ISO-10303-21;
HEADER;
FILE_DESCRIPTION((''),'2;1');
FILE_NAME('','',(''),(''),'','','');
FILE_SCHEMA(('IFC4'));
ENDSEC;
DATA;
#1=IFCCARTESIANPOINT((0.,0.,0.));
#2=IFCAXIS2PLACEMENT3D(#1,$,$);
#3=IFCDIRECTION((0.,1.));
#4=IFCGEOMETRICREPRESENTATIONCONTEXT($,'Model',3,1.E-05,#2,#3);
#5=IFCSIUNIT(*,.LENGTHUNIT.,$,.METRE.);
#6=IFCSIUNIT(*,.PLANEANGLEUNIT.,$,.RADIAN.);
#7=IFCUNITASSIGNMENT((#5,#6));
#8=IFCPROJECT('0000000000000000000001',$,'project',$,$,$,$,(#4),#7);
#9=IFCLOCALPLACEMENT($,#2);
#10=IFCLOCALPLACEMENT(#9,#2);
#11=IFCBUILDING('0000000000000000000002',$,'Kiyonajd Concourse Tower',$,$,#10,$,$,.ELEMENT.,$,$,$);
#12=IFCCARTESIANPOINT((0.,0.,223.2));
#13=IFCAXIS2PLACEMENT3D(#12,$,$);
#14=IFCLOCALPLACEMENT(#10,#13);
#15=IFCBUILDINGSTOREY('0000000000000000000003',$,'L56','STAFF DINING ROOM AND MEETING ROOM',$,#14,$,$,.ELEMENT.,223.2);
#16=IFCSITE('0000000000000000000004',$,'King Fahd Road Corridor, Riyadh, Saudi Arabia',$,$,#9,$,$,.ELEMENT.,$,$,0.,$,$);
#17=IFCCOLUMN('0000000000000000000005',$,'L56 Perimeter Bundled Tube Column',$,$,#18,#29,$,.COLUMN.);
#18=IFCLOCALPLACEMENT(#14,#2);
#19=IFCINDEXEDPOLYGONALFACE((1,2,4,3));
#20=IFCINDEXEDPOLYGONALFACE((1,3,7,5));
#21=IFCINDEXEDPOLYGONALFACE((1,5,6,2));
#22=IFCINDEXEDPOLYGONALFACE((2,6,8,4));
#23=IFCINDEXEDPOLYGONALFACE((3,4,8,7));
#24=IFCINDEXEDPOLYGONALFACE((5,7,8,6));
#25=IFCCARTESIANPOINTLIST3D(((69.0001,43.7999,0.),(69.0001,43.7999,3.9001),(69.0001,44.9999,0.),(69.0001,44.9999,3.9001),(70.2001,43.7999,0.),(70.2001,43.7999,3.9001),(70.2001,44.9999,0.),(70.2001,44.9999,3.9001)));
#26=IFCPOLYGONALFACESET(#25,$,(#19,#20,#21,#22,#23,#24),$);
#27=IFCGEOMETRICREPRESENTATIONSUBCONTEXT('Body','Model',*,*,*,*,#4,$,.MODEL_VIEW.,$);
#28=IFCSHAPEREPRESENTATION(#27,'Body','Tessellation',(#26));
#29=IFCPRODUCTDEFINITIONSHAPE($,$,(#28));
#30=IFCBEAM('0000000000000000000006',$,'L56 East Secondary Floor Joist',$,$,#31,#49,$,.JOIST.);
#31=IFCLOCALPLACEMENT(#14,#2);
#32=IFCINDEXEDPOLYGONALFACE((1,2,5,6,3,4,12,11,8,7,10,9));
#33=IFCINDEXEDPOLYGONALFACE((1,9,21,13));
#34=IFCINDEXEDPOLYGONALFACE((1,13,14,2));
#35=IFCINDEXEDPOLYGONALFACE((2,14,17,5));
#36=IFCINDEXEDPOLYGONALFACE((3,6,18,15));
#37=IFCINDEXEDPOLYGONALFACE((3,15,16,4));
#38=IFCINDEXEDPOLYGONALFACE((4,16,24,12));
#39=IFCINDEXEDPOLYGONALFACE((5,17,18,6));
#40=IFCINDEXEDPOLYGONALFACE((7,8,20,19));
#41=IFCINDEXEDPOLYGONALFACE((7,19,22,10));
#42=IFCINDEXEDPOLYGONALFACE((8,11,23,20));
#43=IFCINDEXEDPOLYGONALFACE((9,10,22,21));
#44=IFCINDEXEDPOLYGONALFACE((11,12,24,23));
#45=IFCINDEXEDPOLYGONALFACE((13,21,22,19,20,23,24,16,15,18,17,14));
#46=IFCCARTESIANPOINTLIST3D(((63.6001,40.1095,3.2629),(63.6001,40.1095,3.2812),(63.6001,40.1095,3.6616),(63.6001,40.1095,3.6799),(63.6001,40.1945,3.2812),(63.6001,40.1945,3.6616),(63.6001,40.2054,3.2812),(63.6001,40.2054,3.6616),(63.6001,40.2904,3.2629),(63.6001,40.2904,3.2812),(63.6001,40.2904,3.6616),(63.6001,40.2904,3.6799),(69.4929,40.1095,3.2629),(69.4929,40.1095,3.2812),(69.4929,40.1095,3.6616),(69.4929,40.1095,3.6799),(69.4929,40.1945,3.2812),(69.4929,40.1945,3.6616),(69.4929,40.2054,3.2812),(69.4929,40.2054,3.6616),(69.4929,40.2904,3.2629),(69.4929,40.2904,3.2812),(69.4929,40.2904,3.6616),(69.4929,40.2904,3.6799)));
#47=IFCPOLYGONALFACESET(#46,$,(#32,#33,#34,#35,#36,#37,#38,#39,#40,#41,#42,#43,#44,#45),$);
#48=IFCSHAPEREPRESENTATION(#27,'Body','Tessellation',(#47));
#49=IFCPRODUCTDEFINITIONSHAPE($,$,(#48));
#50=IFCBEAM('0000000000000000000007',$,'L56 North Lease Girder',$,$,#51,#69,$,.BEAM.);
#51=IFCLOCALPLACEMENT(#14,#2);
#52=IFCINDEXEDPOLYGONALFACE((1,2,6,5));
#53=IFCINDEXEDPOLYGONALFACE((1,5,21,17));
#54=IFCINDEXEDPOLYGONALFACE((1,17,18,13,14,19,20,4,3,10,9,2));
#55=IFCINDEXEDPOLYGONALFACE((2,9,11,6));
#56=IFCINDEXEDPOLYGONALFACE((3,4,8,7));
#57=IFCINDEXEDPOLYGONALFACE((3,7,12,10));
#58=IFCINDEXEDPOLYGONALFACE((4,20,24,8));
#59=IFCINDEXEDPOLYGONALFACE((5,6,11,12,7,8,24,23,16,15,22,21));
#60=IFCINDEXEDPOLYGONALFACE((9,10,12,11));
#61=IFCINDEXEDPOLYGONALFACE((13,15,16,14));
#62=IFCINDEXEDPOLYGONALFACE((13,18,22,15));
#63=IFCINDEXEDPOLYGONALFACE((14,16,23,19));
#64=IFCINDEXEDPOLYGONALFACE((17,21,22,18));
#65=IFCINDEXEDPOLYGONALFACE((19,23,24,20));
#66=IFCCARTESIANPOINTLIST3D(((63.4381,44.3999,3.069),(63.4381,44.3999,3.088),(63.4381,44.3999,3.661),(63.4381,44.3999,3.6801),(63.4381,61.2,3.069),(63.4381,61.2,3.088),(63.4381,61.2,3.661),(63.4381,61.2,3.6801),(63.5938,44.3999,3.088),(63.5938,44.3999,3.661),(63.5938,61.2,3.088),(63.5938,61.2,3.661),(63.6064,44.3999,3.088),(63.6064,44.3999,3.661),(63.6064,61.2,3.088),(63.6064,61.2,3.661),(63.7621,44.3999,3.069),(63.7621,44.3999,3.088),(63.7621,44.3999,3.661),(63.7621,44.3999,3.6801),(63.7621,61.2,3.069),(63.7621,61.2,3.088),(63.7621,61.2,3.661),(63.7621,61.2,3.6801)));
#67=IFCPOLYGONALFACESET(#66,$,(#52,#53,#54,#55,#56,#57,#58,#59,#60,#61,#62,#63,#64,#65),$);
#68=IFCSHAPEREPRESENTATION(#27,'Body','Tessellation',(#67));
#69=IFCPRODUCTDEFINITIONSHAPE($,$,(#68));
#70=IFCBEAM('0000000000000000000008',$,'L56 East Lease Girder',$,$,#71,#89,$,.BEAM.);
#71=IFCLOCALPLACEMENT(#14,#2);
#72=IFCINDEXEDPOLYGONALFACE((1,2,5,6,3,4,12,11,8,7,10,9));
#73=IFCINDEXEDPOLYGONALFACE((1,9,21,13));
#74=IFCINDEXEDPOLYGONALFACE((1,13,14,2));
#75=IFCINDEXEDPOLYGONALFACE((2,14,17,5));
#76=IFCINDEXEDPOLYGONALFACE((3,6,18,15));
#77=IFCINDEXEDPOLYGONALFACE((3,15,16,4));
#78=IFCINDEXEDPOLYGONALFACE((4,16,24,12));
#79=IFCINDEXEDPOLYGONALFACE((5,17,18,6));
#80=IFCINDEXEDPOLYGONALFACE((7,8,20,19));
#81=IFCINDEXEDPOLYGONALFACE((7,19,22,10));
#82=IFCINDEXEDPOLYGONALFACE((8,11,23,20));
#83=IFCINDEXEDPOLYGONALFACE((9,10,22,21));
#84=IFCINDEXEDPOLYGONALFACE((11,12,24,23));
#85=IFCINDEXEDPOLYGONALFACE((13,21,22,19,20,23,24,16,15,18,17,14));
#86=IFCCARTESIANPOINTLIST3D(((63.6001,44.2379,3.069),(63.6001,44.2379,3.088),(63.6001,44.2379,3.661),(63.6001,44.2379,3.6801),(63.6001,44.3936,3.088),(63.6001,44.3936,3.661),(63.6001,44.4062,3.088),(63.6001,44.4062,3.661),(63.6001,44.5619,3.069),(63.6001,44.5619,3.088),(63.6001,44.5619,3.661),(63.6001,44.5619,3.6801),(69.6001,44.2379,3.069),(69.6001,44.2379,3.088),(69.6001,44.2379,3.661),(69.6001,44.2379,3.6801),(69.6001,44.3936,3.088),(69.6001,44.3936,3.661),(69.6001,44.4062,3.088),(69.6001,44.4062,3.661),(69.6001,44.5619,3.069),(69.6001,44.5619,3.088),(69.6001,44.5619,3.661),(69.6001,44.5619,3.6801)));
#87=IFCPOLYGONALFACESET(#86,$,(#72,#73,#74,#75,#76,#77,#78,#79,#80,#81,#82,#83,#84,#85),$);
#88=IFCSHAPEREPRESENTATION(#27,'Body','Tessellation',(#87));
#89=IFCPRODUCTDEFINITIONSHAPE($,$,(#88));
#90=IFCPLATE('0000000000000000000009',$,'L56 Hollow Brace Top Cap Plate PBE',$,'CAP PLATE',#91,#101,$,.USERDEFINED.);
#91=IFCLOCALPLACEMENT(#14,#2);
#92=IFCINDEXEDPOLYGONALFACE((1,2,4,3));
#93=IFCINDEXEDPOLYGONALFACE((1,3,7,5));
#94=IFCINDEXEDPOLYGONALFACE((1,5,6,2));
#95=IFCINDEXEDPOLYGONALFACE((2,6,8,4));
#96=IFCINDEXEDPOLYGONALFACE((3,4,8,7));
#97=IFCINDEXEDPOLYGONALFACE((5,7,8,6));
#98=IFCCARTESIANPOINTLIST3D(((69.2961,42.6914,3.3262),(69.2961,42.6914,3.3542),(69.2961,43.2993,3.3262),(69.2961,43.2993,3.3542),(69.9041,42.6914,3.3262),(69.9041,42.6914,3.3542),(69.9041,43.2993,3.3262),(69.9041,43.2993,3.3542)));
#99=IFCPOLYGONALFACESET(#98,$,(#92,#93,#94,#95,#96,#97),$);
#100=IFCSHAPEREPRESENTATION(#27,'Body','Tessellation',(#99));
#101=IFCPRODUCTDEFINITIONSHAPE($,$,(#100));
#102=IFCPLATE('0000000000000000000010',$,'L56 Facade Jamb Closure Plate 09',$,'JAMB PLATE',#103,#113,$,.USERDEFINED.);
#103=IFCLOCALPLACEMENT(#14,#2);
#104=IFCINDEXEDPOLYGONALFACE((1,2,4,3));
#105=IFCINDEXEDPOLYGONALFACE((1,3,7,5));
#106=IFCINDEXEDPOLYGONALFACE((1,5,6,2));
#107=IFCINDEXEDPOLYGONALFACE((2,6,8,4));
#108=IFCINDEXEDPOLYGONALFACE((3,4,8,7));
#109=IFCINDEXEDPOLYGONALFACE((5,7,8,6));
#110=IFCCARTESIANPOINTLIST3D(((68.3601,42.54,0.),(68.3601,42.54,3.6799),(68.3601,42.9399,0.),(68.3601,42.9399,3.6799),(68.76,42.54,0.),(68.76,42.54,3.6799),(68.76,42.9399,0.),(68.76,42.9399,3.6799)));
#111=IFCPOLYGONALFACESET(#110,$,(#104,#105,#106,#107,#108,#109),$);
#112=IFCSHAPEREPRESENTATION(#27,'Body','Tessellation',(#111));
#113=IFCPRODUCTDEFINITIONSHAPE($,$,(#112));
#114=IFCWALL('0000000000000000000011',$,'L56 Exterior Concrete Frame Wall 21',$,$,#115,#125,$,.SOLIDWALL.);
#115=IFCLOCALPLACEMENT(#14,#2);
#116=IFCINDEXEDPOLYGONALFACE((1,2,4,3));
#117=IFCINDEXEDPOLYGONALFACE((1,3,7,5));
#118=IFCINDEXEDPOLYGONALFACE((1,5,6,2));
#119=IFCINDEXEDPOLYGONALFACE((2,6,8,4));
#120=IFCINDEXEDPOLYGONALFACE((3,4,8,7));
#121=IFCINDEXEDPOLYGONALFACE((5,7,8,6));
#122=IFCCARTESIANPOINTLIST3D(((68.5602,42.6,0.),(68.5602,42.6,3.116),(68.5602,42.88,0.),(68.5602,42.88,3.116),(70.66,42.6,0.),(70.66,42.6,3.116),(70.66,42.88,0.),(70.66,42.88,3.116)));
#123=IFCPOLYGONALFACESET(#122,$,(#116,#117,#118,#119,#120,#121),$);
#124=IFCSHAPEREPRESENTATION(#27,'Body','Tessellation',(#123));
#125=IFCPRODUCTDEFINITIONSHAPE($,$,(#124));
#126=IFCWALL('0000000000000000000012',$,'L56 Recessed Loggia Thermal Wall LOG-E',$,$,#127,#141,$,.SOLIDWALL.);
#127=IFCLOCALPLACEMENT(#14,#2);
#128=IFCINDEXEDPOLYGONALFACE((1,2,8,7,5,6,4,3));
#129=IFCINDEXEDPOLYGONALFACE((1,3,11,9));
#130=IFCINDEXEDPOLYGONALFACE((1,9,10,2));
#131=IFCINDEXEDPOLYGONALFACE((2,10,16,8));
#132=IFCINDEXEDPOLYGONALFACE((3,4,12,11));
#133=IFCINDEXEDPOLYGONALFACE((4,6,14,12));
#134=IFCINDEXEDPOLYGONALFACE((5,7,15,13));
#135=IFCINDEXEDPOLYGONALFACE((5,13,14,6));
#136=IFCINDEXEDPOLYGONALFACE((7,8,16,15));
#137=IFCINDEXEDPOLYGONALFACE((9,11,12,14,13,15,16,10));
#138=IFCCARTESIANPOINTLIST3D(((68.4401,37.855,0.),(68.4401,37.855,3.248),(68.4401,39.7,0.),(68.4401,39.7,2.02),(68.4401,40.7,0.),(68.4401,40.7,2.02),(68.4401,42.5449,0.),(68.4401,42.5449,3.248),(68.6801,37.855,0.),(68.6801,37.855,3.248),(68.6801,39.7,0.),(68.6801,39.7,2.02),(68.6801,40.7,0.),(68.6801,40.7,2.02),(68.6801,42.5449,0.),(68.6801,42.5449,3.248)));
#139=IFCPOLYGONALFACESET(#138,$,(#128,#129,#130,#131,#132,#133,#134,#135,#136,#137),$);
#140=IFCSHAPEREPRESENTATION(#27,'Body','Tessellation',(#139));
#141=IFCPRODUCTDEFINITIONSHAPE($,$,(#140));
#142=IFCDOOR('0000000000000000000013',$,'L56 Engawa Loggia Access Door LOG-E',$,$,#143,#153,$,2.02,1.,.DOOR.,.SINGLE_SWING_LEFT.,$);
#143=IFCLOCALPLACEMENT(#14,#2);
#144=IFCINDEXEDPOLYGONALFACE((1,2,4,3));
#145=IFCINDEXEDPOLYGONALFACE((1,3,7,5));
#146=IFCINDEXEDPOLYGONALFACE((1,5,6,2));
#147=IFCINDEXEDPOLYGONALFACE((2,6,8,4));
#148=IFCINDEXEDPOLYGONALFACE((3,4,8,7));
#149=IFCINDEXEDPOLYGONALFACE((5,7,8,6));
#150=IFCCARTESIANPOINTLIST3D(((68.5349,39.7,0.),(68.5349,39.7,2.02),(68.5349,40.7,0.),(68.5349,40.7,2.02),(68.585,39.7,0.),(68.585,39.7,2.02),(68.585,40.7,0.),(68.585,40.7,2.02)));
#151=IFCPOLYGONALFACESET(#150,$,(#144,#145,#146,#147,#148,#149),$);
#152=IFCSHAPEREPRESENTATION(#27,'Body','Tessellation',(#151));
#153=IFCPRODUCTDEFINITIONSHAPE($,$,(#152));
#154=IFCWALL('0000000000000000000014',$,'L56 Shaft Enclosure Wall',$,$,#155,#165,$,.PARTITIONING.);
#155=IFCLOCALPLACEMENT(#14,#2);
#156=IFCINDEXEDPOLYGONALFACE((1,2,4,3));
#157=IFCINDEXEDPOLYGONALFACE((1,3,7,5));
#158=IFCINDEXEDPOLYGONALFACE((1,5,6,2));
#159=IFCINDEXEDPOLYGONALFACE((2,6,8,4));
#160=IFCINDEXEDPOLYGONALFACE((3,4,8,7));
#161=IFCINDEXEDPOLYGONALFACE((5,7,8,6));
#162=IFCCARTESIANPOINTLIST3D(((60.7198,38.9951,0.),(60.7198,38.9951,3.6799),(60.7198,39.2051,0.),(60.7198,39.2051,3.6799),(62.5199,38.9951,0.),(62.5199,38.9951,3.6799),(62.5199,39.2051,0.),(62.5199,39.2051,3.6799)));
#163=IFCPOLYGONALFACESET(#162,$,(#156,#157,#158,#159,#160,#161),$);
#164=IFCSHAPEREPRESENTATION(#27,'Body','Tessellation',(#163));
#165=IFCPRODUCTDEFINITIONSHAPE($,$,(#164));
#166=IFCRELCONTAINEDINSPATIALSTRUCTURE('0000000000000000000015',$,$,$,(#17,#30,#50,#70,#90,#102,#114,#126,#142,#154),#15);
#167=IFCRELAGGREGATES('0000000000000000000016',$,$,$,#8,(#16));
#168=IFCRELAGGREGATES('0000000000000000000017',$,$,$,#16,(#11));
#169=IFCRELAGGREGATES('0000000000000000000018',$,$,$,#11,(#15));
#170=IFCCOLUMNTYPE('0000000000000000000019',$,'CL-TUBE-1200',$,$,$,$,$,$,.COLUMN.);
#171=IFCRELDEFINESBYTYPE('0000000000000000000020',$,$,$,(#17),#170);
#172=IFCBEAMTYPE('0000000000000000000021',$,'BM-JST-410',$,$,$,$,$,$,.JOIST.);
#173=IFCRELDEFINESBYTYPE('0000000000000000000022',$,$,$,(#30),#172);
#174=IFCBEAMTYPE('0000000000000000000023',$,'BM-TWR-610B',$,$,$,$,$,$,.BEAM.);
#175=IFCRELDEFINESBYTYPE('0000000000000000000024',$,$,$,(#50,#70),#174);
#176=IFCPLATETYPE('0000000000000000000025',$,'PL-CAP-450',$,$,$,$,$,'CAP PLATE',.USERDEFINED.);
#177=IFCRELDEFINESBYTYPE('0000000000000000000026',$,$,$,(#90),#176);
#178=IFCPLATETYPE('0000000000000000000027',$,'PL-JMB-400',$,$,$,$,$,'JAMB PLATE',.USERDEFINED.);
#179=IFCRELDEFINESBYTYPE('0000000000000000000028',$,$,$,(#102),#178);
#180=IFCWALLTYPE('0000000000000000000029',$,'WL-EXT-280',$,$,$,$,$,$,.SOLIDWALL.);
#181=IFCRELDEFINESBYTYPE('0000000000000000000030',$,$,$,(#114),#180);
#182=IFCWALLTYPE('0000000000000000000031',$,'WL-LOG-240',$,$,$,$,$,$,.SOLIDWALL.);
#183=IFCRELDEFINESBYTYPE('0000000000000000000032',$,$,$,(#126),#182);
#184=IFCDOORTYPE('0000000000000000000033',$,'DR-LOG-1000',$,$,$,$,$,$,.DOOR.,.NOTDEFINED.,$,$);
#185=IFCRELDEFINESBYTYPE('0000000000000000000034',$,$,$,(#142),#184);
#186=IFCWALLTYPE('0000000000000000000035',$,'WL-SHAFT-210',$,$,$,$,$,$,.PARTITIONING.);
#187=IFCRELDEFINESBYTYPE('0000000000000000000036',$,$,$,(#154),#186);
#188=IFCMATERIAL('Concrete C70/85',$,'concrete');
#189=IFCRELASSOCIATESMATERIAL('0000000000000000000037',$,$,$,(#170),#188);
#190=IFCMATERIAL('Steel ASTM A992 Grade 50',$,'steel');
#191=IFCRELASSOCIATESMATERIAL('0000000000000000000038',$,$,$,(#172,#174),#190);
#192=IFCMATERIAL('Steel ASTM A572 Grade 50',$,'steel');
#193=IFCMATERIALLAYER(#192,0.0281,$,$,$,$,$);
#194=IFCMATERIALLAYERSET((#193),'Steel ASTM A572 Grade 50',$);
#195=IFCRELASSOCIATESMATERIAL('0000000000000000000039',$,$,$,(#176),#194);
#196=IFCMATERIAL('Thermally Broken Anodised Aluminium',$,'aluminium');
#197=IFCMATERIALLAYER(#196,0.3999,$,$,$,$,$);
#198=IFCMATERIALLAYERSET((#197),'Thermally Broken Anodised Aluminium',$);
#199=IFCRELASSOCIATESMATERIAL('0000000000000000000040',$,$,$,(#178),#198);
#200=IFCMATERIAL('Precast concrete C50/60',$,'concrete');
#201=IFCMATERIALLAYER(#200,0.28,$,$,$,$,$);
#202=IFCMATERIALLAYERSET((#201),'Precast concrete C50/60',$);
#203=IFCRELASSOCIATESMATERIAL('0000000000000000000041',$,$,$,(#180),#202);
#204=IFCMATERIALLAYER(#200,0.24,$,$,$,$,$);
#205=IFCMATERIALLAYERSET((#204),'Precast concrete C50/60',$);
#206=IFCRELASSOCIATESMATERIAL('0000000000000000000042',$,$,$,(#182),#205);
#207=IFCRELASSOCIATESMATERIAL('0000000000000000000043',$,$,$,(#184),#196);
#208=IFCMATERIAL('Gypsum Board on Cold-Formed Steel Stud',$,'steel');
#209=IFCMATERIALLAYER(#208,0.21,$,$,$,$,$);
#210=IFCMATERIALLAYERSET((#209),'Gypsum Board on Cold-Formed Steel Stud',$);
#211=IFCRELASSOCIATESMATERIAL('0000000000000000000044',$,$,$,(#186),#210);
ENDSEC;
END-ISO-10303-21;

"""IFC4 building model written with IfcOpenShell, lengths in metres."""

from ifc_helpers import new_model, si_unit, direction, frame, frame_2d, origin, origin_2d, place, context, subcontext, project, spatial, rectangle, i_section, extrude, material, layer, layer_set, material_profile, profile_set, type_object, element, fill, save


model = new_model("IFC4")

# Units and contexts
model_context = context("Model", 3, precision=1e-05, world=origin(), true_north=direction((0.0, 1.0)))
body_context = subcontext(model_context, "Body", "Model", "MODEL_VIEW")
ifc_project = project(units=[si_unit("LENGTHUNIT", "METRE"), si_unit("PLANEANGLEUNIT", "RADIAN")], contexts=[model_context])

# Site, building, storey
site_placement = place(None, origin())
site = spatial("IfcSite", under=ifc_project, at=site_placement, Name="King Fahd Road Corridor, Riyadh, Saudi Arabia", CompositionType="ELEMENT", RefElevation=0.0)
building_placement = place(site_placement, origin())
building = spatial("IfcBuilding", under=site, at=building_placement, Name="Kiyonajd Concourse Tower", CompositionType="ELEMENT")
storey_placement = place(building_placement, frame((0.0, 0.0, 223.2)))
storey = spatial("IfcBuildingStorey", under=building, at=storey_placement, Name="L56", Description="STAFF DINING ROOM AND MEETING ROOM", CompositionType="ELEMENT", Elevation=223.2)

# Column
ifc_material_1 = material(Name="Concrete C70/85", Category="concrete")
ifc_material_profile_1 = material_profile(ifc_material_1, rectangle(XDim=1.2, YDim=1.2, at=origin_2d()), Name="RC-1200x1200")
ifc_profile_set_1 = profile_set([ifc_material_profile_1], Name="Concrete C70/85")
column_type = type_object("IfcColumnType", Name="CL-TUBE-1200", PredefinedType="COLUMN", material=ifc_profile_set_1)
column_placement = place(storey_placement, frame((69.6001, 44.3999, 0.0), z_axis=(0.0, 0.0, 1.0), x_axis=(1.0, 0.0, 0.0)))
element("IfcColumn", 1, at=column_placement, inside=storey, type_object=column_type, Name="L56 Perimeter Bundled Tube Column", PredefinedType="COLUMN", context=body_context, shape_type="SweptSolid", body=[
    extrude(rectangle(XDim=1.2, YDim=1.2, at=origin_2d()), origin(), (0.0, 0.0, 1.0), 3.9001),
])

# Beams
ifc_material_2 = material(Name="Steel ASTM A992 Grade 50", Category="steel")
ifc_material_profile_2 = material_profile(ifc_material_2, i_section(OverallWidth=0.1809, OverallDepth=0.417, WebThickness=0.011, FlangeThickness=0.0183, at=origin_2d()), Name="W410X85")
ifc_profile_set_2 = profile_set([ifc_material_profile_2], Name="Steel ASTM A992 Grade 50")
beam_type_1 = type_object("IfcBeamType", Name="BM-JST-410", PredefinedType="JOIST", material=ifc_profile_set_2)
beam_1_placement = place(storey_placement, frame((63.6001, 40.2, 3.4714), z_axis=(1.0, 0.0, 0.0), x_axis=(0.0, 1.0, 0.0)))
element("IfcBeam", 2, at=beam_1_placement, inside=storey, type_object=beam_type_1, Name="L56 East Secondary Floor Joist", PredefinedType="JOIST", context=body_context, shape_type="SweptSolid", body=[
    extrude(i_section(OverallWidth=0.1809, OverallDepth=0.417, WebThickness=0.011, FlangeThickness=0.0183, at=origin_2d()), origin(), (0.0, 0.0, 1.0), 5.8928),
])
ifc_material_profile_3 = material_profile(ifc_material_2, i_section(OverallWidth=0.324, OverallDepth=0.6111, WebThickness=0.0127, FlangeThickness=0.019, at=origin_2d()), Name="W610X155")
ifc_profile_set_3 = profile_set([ifc_material_profile_3], Name="Steel ASTM A992 Grade 50")
beam_type_2 = type_object("IfcBeamType", Name="BM-TWR-610B", PredefinedType="BEAM", material=ifc_profile_set_3)
beam_2_placement = place(storey_placement, frame((63.6001, 44.3999, 3.3745), z_axis=(0.0, 1.0, 0.0), x_axis=(-1.0, 0.0, 0.0)))
element("IfcBeam", 3, at=beam_2_placement, inside=storey, type_object=beam_type_2, Name="L56 North Lease Girder", PredefinedType="BEAM", context=body_context, shape_type="SweptSolid", body=[
    extrude(i_section(OverallWidth=0.324, OverallDepth=0.6111, WebThickness=0.0127, FlangeThickness=0.019, at=origin_2d()), origin(), (0.0, 0.0, 1.0), 16.8),
])
beam_3_placement = place(storey_placement, frame((63.6001, 44.3999, 3.3745), z_axis=(1.0, 0.0, 0.0), x_axis=(0.0, 1.0, 0.0)))
element("IfcBeam", 4, at=beam_3_placement, inside=storey, type_object=beam_type_2, Name="L56 East Lease Girder", PredefinedType="BEAM", context=body_context, shape_type="SweptSolid", body=[
    extrude(i_section(OverallWidth=0.324, OverallDepth=0.6111, WebThickness=0.0127, FlangeThickness=0.019, at=origin_2d()), origin(), (0.0, 0.0, 1.0), 6.0),
])

# Plates
ifc_material_3 = material(Name="Steel ASTM A572 Grade 50", Category="steel")
ifc_layer_1 = layer(ifc_material_3, 0.0281)
ifc_layer_set_1 = layer_set([ifc_layer_1], Name="Steel ASTM A572 Grade 50")
plate_type_1 = type_object("IfcPlateType", Name="PL-CAP-450", ElementType="CAP PLATE", PredefinedType="USERDEFINED", material=ifc_layer_set_1)
plate_1_placement = place(storey_placement, frame((69.6001, 42.9954, 3.3262), z_axis=(0.0, 0.0, 1.0), x_axis=(1.0, 0.0, 0.0)))
element("IfcPlate", 5, at=plate_1_placement, inside=storey, type_object=plate_type_1, Name="L56 Hollow Brace Top Cap Plate PBE", ObjectType="CAP PLATE", PredefinedType="USERDEFINED", context=body_context, shape_type="SweptSolid", body=[
    extrude(rectangle(XDim=0.6079, YDim=0.6079, at=origin_2d()), origin(), (0.0, 0.0, 1.0), 0.0281),
])
ifc_material_4 = material(Name="Thermally Broken Anodised Aluminium", Category="aluminium")
ifc_layer_2 = layer(ifc_material_4, 0.3999)
ifc_layer_set_2 = layer_set([ifc_layer_2], Name="Thermally Broken Anodised Aluminium")
plate_type_2 = type_object("IfcPlateType", Name="PL-JMB-400", ElementType="JAMB PLATE", PredefinedType="USERDEFINED", material=ifc_layer_set_2)
plate_2_placement = place(storey_placement, frame((68.5601, 42.74, 0.0), z_axis=(0.0, 0.0, 1.0), x_axis=(1.0, 0.0, 0.0)))
element("IfcPlate", 6, at=plate_2_placement, inside=storey, type_object=plate_type_2, Name="L56 Facade Jamb Closure Plate 09", ObjectType="JAMB PLATE", PredefinedType="USERDEFINED", context=body_context, shape_type="SweptSolid", body=[
    extrude(rectangle(XDim=0.3999, YDim=0.3999, at=origin_2d()), origin(), (0.0, 0.0, 1.0), 3.6799),
])

# Wall
ifc_material_5 = material(Name="Precast concrete C50/60", Category="concrete")
ifc_layer_3 = layer(ifc_material_5, 0.28)
ifc_layer_set_3 = layer_set([ifc_layer_3], Name="Precast concrete C50/60")
wall_type_1 = type_object("IfcWallType", Name="WL-EXT-280", PredefinedType="SOLIDWALL", material=ifc_layer_set_3)
wall_1_placement = place(storey_placement, frame((70.6599, 42.74, 0.0), z_axis=(0.0, 0.0, 1.0), x_axis=(-1.0, 0.0, 0.0)))
element("IfcWall", 7, at=wall_1_placement, inside=storey, type_object=wall_type_1, Name="L56 Exterior Concrete Frame Wall 21", PredefinedType="SOLIDWALL", context=body_context, shape_type="SweptSolid", body=[
    extrude(rectangle(XDim=2.0999, YDim=0.28, at=frame_2d((1.0498, 0.0))), origin(), (0.0, 0.0, 1.0), 3.116),
])

# Wall, opening, door
ifc_layer_4 = layer(ifc_material_5, 0.24)
ifc_layer_set_4 = layer_set([ifc_layer_4], Name="Precast concrete C50/60")
wall_type_2 = type_object("IfcWallType", Name="WL-LOG-240", PredefinedType="SOLIDWALL", material=ifc_layer_set_4)
wall_2_placement = place(storey_placement, frame((68.5601, 42.5449, 0.0), z_axis=(0.0, 0.0, 1.0), x_axis=(0.0, -1.0, 0.0)))
wall_2 = element("IfcWall", 8, at=wall_2_placement, inside=storey, type_object=wall_type_2, Name="L56 Recessed Loggia Thermal Wall LOG-E", PredefinedType="SOLIDWALL", context=body_context, shape_type="SweptSolid", body=[
    extrude(rectangle(XDim=4.6899, YDim=0.24, at=frame_2d((2.345, 0.0))), origin(), (0.0, 0.0, 1.0), 3.248),
])
opening_placement = place(wall_2_placement, frame((1.845, 0.0, 0.0)))
opening = element("IfcOpeningElement", 9, at=opening_placement, cuts=wall_2, PredefinedType="OPENING", context=body_context, shape_type="SweptSolid", body=[
    extrude(rectangle(XDim=1.0, YDim=2.02, at=frame_2d((0.5, 1.01))), frame((0.0, 0.1299, 0.0), z_axis=(0.0, -1.0, 0.0), x_axis=(1.0, 0.0, 0.0)), (0.0, 0.0, 1.0), 0.26),
])
door_type = type_object("IfcDoorType", Name="DR-LOG-1000", OperationType="NOTDEFINED", PredefinedType="DOOR", material=ifc_material_4)
door_placement = place(opening_placement, origin())
door = element("IfcDoor", 10, at=door_placement, inside=storey, type_object=door_type, Name="L56 Engawa Loggia Access Door LOG-E", OperationType="SINGLE_SWING_LEFT", OverallHeight=2.02, OverallWidth=1.0, PredefinedType="DOOR", context=body_context, shape_type="SweptSolid", body=[
    extrude(rectangle(XDim=1.0, YDim=2.02, at=frame_2d((0.5, 1.01))), frame((0.0, 0.0249, 0.0), z_axis=(0.0, -1.0, 0.0), x_axis=(1.0, 0.0, 0.0)), (0.0, 0.0, 1.0), 0.05),
])
fill(opening, door)

# Wall
ifc_material_6 = material(Name="Gypsum Board on Cold-Formed Steel Stud", Category="steel")
ifc_layer_5 = layer(ifc_material_6, 0.21)
ifc_layer_set_5 = layer_set([ifc_layer_5], Name="Gypsum Board on Cold-Formed Steel Stud")
wall_type_3 = type_object("IfcWallType", Name="WL-SHAFT-210", PredefinedType="PARTITIONING", material=ifc_layer_set_5)
wall_3_placement = place(storey_placement, frame((60.72, 39.1001, 0.0), z_axis=(0.0, 0.0, 1.0), x_axis=(1.0, 0.0, 0.0)))
element("IfcWall", 11, at=wall_3_placement, inside=storey, type_object=wall_type_3, Name="L56 Shaft Enclosure Wall", PredefinedType="PARTITIONING", context=body_context, shape_type="SweptSolid", body=[
    extrude(rectangle(XDim=1.8, YDim=0.21, at=frame_2d((0.8999, 0.0))), origin(), (0.0, 0.0, 1.0), 3.6799),
])

save(model, "model.ifc")
